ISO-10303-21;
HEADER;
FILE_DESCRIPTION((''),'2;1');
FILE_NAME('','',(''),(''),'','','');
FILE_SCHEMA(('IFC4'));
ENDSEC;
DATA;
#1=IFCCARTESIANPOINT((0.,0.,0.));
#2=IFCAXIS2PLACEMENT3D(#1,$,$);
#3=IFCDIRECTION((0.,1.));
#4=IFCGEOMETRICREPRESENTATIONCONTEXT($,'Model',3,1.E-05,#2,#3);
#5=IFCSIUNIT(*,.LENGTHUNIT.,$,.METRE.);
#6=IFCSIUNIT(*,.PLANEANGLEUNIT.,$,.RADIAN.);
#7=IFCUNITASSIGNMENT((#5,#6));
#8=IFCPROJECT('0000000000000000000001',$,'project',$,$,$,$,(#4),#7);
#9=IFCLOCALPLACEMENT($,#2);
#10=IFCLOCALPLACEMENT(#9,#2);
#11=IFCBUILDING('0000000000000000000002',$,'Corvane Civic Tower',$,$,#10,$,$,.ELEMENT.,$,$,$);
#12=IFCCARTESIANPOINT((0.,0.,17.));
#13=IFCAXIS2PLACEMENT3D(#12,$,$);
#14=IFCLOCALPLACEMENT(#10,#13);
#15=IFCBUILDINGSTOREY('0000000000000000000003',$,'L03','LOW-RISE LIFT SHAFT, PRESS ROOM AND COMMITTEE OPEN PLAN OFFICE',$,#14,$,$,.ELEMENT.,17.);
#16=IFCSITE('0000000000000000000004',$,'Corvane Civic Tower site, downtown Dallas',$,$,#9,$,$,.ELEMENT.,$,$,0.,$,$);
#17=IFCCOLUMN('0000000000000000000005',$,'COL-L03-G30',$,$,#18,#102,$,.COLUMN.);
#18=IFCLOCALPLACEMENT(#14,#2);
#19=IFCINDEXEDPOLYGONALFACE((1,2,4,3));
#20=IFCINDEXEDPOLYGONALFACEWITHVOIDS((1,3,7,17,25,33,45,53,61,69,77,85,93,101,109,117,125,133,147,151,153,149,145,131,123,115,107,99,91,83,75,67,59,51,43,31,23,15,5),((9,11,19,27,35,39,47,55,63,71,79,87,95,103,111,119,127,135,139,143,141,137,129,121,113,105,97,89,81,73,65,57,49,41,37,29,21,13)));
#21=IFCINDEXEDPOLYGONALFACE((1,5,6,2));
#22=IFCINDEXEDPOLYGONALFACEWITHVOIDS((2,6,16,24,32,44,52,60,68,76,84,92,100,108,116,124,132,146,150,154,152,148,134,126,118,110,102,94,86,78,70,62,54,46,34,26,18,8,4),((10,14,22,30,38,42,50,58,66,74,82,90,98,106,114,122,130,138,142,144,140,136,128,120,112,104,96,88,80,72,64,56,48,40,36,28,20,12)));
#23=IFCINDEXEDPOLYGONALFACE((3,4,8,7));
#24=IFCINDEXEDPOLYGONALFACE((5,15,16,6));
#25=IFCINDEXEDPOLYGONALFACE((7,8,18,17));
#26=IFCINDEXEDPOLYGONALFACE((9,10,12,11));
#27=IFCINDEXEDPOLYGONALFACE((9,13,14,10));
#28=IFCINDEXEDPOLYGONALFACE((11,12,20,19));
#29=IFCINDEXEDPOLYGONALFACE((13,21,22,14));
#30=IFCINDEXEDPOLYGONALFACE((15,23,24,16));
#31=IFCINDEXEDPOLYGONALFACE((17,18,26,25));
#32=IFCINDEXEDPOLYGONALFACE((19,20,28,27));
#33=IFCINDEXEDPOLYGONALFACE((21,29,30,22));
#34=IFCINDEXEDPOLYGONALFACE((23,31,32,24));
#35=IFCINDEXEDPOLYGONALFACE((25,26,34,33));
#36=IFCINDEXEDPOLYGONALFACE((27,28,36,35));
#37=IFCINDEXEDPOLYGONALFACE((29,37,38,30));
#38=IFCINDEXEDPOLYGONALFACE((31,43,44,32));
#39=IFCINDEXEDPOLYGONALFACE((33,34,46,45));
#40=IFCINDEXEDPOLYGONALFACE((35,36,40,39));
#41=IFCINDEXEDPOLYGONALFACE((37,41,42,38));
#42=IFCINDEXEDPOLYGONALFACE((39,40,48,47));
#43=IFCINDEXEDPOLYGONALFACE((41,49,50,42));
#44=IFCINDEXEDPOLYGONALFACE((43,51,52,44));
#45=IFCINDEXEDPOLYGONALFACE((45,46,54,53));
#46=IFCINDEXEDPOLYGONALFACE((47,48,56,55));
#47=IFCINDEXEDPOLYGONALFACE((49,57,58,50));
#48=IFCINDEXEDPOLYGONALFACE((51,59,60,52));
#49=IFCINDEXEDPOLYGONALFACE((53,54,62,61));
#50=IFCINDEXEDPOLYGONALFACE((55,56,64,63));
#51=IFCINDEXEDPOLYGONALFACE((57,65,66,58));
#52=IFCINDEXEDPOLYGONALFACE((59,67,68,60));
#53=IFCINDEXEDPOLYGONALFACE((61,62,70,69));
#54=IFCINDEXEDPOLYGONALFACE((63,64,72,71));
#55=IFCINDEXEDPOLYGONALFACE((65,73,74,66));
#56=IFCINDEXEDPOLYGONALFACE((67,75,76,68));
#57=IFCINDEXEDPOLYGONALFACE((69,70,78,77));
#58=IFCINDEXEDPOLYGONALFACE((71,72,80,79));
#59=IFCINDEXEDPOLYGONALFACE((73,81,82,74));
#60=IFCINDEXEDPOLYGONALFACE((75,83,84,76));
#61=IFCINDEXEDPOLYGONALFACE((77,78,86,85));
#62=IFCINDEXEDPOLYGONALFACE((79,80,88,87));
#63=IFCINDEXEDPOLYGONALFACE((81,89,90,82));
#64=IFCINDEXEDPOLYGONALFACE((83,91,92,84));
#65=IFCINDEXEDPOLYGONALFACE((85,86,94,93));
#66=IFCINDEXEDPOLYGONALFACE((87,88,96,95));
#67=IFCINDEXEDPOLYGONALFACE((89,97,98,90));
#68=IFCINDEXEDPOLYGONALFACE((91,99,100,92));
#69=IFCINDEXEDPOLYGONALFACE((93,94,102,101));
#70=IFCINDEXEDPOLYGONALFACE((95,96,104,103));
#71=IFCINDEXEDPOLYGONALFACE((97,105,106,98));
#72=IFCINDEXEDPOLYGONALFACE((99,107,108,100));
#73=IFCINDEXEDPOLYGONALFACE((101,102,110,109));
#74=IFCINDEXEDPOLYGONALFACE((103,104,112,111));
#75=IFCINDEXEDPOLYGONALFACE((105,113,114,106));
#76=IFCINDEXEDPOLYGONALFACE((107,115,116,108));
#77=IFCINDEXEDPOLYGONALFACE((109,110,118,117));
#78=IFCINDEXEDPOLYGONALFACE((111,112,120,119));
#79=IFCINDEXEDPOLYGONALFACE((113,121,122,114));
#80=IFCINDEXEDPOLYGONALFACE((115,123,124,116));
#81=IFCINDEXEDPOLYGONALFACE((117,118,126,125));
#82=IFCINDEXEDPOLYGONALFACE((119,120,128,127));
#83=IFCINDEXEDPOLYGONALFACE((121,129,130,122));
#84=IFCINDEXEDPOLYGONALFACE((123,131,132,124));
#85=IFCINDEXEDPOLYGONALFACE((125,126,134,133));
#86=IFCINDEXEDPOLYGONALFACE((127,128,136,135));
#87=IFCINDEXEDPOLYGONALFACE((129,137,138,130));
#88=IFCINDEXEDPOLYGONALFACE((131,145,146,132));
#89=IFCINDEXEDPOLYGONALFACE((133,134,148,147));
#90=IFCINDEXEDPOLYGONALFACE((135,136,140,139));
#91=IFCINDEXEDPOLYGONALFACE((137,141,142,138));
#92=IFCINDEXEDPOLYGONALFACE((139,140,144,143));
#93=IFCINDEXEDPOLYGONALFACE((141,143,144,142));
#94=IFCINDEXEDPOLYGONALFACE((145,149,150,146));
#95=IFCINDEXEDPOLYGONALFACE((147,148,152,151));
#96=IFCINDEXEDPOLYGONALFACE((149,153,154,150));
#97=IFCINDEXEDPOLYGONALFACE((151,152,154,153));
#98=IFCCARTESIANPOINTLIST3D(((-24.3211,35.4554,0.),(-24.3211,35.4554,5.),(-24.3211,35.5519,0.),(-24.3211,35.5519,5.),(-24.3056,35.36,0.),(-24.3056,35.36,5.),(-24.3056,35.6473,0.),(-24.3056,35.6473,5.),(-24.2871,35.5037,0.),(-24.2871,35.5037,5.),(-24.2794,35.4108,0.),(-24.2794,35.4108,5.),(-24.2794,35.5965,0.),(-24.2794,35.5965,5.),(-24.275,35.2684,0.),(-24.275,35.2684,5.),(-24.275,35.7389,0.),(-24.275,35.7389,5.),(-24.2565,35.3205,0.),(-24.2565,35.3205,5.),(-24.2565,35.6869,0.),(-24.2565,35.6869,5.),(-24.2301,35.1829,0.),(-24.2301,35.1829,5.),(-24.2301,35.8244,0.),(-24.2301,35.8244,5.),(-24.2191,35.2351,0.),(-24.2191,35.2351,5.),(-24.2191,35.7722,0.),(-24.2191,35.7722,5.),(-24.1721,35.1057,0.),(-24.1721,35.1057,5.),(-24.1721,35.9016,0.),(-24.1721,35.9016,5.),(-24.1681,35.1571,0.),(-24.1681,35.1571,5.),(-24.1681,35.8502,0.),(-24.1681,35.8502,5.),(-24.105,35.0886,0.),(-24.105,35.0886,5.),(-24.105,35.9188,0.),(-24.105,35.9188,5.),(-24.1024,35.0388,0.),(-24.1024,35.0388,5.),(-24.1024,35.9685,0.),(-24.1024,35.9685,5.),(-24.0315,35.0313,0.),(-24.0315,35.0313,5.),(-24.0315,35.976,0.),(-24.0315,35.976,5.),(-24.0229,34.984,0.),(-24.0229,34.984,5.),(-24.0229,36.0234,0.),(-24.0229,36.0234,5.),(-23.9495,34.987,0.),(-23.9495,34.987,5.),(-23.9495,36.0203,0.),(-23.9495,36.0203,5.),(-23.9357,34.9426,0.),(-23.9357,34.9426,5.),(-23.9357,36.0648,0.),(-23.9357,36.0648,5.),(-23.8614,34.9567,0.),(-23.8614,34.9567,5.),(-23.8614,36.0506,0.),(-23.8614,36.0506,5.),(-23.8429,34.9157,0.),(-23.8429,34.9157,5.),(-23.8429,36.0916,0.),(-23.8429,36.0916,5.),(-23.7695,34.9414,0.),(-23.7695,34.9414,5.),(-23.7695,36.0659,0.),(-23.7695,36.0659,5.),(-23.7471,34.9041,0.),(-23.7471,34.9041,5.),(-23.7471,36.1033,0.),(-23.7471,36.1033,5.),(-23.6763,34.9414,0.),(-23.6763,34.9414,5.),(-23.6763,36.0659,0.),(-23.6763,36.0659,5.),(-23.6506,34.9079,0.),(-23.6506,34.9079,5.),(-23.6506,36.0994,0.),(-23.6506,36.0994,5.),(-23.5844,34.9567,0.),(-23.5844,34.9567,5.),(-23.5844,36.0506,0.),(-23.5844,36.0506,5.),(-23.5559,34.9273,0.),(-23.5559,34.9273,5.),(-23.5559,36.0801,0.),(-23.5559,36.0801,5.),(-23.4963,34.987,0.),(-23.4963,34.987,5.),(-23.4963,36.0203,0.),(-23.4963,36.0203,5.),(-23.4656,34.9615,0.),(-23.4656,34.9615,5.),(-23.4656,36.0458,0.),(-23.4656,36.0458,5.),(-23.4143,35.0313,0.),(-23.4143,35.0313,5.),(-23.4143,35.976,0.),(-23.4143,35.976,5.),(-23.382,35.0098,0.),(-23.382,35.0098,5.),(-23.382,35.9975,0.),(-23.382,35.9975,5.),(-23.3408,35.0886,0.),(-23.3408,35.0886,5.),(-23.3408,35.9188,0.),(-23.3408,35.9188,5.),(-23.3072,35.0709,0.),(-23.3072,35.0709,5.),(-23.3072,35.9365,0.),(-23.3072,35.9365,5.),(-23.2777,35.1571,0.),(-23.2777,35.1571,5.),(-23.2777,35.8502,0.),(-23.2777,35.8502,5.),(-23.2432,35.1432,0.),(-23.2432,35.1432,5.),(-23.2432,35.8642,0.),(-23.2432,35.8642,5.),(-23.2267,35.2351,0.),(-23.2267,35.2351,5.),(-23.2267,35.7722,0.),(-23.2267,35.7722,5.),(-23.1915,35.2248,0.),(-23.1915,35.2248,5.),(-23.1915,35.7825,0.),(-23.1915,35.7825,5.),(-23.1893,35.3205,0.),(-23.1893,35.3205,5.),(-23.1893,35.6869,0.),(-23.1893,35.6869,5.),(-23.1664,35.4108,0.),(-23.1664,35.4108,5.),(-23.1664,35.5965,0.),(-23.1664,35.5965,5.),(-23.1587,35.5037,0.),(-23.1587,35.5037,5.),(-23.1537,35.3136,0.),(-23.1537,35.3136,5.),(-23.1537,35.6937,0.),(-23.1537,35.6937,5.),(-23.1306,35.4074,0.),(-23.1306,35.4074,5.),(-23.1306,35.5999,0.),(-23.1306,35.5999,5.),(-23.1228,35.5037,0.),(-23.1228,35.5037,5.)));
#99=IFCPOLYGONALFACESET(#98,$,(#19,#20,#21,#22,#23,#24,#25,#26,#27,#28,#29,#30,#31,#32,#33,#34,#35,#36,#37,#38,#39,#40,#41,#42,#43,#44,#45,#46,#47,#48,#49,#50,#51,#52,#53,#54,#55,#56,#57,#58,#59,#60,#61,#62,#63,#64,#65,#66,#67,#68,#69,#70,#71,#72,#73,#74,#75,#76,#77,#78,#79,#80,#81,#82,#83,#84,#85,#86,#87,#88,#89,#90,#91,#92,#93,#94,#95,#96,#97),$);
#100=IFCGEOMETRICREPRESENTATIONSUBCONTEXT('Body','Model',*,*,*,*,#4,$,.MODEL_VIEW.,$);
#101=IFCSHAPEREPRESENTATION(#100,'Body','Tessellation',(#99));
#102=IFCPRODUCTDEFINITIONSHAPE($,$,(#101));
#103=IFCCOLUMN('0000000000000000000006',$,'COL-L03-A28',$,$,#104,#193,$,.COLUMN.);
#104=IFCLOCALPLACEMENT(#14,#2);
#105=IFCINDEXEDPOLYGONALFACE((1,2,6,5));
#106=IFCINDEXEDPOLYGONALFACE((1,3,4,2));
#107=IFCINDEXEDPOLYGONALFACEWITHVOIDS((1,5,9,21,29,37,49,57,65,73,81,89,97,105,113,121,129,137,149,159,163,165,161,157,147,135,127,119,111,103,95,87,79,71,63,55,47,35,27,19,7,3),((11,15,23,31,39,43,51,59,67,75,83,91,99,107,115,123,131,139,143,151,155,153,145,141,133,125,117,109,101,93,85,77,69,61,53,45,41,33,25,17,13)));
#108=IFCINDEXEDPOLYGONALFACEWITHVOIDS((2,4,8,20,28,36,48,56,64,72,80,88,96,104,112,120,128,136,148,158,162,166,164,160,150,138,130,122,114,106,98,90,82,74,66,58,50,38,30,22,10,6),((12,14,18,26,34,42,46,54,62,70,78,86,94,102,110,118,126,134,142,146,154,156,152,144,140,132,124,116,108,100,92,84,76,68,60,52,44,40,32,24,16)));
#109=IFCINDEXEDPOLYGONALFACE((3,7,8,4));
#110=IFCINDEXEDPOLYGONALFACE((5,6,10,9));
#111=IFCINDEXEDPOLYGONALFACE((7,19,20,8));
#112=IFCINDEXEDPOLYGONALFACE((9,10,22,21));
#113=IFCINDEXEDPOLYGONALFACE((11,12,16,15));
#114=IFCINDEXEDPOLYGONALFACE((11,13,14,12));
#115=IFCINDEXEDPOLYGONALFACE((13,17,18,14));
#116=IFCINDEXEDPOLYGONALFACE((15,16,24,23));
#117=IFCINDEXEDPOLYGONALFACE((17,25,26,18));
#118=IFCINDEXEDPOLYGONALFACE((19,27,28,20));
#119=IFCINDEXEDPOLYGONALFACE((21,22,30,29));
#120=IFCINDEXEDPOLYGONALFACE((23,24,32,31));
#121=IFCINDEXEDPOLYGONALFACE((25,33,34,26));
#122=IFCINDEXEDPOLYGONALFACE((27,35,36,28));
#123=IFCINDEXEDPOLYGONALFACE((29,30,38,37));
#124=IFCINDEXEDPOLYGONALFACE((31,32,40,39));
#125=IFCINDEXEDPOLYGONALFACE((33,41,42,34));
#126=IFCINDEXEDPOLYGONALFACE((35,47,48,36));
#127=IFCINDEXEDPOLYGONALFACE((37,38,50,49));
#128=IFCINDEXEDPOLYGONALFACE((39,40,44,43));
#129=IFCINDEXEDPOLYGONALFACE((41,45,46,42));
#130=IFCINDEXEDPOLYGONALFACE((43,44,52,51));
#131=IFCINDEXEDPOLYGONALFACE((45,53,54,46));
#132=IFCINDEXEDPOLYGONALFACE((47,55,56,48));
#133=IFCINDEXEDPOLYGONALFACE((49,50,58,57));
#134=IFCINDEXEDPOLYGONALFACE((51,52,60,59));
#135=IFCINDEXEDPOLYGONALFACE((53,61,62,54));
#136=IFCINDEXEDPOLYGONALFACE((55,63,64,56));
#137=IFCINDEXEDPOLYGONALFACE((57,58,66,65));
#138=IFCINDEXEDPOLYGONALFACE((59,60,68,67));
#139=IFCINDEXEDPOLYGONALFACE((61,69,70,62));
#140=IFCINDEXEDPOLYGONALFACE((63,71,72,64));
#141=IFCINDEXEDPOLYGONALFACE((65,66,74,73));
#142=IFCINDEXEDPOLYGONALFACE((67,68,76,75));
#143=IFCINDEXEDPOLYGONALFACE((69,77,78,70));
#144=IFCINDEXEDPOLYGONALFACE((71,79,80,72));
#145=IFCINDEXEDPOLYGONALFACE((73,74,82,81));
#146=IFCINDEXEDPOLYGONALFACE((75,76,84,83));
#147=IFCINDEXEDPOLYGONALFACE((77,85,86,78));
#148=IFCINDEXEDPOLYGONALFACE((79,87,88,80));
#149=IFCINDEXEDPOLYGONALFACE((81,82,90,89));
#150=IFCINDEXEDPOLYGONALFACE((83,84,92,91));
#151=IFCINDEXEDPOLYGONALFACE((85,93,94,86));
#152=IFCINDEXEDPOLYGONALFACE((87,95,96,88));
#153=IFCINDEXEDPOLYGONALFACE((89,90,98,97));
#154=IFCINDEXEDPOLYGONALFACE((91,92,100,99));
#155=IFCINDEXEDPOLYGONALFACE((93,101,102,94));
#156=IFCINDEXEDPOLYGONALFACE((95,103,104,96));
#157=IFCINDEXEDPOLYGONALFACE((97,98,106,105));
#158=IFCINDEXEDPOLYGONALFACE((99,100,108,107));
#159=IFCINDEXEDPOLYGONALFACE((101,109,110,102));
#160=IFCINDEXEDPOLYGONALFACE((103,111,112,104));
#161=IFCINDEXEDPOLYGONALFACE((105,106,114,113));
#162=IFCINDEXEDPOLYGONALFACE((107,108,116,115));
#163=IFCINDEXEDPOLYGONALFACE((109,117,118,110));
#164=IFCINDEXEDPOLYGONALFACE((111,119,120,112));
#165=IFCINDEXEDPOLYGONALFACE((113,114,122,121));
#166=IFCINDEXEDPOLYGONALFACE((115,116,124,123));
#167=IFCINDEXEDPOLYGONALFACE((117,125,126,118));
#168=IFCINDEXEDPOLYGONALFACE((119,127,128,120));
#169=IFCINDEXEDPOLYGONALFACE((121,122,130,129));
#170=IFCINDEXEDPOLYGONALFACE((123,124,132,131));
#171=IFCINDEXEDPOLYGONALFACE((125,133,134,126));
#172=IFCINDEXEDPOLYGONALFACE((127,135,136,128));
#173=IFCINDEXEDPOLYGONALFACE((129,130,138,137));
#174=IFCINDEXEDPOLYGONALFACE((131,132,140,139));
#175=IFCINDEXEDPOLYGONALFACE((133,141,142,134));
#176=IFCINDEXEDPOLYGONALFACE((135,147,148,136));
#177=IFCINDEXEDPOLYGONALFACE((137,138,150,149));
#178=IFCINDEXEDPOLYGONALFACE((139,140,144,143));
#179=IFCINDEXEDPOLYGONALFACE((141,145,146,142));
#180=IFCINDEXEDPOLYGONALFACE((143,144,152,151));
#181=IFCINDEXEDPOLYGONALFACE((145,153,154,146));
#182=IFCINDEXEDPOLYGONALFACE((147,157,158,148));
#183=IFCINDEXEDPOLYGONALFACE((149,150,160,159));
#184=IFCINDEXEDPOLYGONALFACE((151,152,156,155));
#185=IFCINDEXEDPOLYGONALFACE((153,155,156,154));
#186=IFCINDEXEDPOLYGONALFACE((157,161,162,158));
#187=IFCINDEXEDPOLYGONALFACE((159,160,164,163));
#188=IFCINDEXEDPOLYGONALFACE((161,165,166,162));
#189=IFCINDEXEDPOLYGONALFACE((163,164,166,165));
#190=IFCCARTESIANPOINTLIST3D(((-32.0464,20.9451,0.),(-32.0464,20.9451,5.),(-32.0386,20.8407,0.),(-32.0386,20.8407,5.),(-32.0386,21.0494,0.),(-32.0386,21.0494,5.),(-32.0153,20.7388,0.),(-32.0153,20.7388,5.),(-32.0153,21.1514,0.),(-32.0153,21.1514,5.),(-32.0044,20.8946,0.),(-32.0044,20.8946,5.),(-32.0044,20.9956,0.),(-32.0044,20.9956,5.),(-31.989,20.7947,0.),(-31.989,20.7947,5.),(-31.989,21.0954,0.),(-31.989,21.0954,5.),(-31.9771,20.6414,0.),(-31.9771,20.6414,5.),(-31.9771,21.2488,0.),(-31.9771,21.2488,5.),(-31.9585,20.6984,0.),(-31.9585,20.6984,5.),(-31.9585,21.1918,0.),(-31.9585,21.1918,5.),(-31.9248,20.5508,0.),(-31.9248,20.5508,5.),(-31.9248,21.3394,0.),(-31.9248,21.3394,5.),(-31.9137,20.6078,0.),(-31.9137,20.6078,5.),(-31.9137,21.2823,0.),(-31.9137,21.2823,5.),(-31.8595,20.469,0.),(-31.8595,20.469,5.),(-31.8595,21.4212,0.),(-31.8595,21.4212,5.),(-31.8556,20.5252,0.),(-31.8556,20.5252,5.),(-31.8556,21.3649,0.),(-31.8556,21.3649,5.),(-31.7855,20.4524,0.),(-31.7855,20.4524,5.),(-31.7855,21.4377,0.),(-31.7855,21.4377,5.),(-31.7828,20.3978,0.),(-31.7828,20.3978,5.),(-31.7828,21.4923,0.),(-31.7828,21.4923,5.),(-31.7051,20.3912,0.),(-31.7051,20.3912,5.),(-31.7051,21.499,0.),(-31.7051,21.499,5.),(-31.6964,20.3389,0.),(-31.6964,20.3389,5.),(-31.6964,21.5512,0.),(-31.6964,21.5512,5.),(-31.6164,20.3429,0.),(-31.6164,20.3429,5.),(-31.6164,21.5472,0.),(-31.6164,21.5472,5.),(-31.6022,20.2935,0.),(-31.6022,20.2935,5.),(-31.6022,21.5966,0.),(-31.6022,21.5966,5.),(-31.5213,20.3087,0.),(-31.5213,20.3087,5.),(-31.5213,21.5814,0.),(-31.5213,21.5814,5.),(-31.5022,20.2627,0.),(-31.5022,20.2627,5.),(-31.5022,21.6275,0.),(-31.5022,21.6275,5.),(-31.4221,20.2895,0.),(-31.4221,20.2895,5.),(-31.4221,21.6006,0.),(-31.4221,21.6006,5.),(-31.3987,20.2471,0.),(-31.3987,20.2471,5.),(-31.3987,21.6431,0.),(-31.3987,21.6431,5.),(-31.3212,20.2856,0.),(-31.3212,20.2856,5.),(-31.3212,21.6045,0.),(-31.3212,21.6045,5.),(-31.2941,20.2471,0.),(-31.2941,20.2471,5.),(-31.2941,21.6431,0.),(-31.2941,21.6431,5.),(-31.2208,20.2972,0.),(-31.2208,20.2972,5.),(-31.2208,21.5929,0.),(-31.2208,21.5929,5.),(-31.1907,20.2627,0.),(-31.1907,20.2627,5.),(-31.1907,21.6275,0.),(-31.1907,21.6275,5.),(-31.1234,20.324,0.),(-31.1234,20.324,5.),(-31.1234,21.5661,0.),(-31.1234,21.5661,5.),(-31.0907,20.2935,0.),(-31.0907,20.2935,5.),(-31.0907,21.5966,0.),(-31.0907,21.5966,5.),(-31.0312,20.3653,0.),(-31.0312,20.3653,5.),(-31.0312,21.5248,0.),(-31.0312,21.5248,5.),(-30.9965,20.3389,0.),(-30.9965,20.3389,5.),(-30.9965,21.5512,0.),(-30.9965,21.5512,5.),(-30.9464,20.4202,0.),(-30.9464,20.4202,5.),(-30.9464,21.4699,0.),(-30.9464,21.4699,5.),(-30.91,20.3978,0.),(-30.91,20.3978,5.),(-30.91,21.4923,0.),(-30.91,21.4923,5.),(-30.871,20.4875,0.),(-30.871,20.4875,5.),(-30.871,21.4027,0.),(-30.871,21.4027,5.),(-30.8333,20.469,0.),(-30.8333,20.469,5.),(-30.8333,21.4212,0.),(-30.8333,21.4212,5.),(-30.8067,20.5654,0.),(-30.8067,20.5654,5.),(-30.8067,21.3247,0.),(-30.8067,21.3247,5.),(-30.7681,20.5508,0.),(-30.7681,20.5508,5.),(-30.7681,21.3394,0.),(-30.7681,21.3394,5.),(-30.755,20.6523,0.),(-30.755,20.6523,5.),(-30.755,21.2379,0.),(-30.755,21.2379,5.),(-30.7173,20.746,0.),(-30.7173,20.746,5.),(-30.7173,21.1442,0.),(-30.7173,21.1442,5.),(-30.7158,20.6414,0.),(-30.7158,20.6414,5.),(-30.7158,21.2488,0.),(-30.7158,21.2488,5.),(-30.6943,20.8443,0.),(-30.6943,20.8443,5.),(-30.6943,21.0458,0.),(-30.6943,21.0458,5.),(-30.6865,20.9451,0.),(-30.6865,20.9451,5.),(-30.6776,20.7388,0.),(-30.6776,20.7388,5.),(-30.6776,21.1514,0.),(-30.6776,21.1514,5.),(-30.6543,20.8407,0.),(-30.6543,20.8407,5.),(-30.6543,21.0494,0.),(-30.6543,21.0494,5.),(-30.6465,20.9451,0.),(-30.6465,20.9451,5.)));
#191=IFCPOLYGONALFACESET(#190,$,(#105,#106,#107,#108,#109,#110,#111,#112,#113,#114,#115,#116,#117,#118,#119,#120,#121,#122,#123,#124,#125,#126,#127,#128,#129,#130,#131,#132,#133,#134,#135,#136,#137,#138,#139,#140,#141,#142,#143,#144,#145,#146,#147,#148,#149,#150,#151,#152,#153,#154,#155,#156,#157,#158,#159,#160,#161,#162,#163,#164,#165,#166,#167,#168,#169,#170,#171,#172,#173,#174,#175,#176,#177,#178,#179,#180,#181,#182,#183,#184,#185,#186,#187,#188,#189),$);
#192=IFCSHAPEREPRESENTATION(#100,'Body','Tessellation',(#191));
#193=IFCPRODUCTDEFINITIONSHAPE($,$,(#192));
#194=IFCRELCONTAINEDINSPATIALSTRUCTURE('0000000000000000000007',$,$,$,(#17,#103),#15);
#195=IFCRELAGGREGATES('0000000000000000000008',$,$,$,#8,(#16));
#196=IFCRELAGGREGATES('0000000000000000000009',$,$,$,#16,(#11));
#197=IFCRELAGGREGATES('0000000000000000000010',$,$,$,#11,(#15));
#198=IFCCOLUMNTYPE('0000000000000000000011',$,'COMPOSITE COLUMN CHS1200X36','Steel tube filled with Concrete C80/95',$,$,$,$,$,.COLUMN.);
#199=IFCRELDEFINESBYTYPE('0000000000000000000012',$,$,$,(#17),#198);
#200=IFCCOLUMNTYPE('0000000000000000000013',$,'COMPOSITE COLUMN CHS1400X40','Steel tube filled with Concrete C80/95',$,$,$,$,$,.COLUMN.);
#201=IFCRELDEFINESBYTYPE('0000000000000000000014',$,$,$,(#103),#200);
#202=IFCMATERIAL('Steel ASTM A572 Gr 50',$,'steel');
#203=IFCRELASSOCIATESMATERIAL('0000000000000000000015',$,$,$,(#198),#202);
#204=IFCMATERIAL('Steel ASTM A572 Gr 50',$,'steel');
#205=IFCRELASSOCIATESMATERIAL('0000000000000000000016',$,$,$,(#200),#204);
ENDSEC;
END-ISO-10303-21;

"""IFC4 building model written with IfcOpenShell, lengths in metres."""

from ifc_helpers import new_model, si_unit, direction, frame, origin, origin_2d, place, context, subcontext, project, spatial, hollow_circle, extrude, material, material_profile, profile_set, type_object, element, save


model = new_model("IFC4")

# Units and contexts
model_context = context("Model", 3, precision=1e-05, world=origin(), true_north=direction((0.0, 1.0)))
body_context = subcontext(model_context, "Body", "Model", "MODEL_VIEW")
ifc_project = project(units=[si_unit("LENGTHUNIT", "METRE"), si_unit("PLANEANGLEUNIT", "RADIAN")], contexts=[model_context])

# Site, building, storey
site_placement = place(None, origin())
site = spatial("IfcSite", under=ifc_project, at=site_placement, Name="Corvane Civic Tower site, downtown Dallas", CompositionType="ELEMENT", RefElevation=0.0)
building_placement = place(site_placement, origin())
building = spatial("IfcBuilding", under=site, at=building_placement, Name="Corvane Civic Tower", CompositionType="ELEMENT")
storey_placement = place(building_placement, frame((0.0, 0.0, 17.0)))
storey = spatial("IfcBuildingStorey", under=building, at=storey_placement, Name="L03", Description="LOW-RISE LIFT SHAFT, PRESS ROOM AND COMMITTEE OPEN PLAN OFFICE", CompositionType="ELEMENT", Elevation=17.0)

# Columns
ifc_material_1 = material(Name="Steel ASTM A572 Gr 50", Category="steel")
ifc_material_profile_1 = material_profile(ifc_material_1, hollow_circle(Radius=0.6001, WallThickness=0.0359, at=origin_2d()), Name="CHS1200X36")
ifc_profile_set_1 = profile_set([ifc_material_profile_1], Name="Steel ASTM A572 Gr 50")
column_type_1 = type_object("IfcColumnType", Name="COMPOSITE COLUMN CHS1200X36", Description="Steel tube filled with Concrete C80/95", PredefinedType="COLUMN", material=ifc_profile_set_1)
for number, where, z_axis, x_axis, name in (
    (1, (-23.7229, 35.5037, 0.0), (0.0, 0.0, 1.0), (1.0, 0.0, 0.0), "COL-L03-G30"),
):
    element("IfcColumn", number, at=place(storey_placement, frame(where, z_axis=z_axis, x_axis=x_axis)), inside=storey, type_object=column_type_1, Name=name, PredefinedType="COLUMN", context=body_context, shape_type="SweptSolid", body=[
        extrude(hollow_circle(Radius=0.6001, WallThickness=0.0359, at=origin_2d()), origin(), (0.0, 0.0, 1.0), 5.0),
    ])
ifc_material_2 = material(Name="Steel ASTM A572 Gr 50", Category="steel")
ifc_material_profile_2 = material_profile(ifc_material_2, hollow_circle(Radius=0.7, WallThickness=0.04, at=origin_2d()), Name="CHS1400X40")
ifc_profile_set_2 = profile_set([ifc_material_profile_2], Name="Steel ASTM A572 Gr 50")
column_type_2 = type_object("IfcColumnType", Name="COMPOSITE COLUMN CHS1400X40", Description="Steel tube filled with Concrete C80/95", PredefinedType="COLUMN", material=ifc_profile_set_2)
for number, where, z_axis, x_axis, name in (
    (2, (-31.3464, 20.9451, 0.0), (0.0, 0.0, 1.0), (1.0, 0.0, 0.0), "COL-L03-A28"),
):
    element("IfcColumn", number, at=place(storey_placement, frame(where, z_axis=z_axis, x_axis=x_axis)), inside=storey, type_object=column_type_2, Name=name, PredefinedType="COLUMN", context=body_context, shape_type="SweptSolid", body=[
        extrude(hollow_circle(Radius=0.7, WallThickness=0.04, at=origin_2d()), origin(), (0.0, 0.0, 1.0), 5.0),
    ])

save(model, "model.ifc")
